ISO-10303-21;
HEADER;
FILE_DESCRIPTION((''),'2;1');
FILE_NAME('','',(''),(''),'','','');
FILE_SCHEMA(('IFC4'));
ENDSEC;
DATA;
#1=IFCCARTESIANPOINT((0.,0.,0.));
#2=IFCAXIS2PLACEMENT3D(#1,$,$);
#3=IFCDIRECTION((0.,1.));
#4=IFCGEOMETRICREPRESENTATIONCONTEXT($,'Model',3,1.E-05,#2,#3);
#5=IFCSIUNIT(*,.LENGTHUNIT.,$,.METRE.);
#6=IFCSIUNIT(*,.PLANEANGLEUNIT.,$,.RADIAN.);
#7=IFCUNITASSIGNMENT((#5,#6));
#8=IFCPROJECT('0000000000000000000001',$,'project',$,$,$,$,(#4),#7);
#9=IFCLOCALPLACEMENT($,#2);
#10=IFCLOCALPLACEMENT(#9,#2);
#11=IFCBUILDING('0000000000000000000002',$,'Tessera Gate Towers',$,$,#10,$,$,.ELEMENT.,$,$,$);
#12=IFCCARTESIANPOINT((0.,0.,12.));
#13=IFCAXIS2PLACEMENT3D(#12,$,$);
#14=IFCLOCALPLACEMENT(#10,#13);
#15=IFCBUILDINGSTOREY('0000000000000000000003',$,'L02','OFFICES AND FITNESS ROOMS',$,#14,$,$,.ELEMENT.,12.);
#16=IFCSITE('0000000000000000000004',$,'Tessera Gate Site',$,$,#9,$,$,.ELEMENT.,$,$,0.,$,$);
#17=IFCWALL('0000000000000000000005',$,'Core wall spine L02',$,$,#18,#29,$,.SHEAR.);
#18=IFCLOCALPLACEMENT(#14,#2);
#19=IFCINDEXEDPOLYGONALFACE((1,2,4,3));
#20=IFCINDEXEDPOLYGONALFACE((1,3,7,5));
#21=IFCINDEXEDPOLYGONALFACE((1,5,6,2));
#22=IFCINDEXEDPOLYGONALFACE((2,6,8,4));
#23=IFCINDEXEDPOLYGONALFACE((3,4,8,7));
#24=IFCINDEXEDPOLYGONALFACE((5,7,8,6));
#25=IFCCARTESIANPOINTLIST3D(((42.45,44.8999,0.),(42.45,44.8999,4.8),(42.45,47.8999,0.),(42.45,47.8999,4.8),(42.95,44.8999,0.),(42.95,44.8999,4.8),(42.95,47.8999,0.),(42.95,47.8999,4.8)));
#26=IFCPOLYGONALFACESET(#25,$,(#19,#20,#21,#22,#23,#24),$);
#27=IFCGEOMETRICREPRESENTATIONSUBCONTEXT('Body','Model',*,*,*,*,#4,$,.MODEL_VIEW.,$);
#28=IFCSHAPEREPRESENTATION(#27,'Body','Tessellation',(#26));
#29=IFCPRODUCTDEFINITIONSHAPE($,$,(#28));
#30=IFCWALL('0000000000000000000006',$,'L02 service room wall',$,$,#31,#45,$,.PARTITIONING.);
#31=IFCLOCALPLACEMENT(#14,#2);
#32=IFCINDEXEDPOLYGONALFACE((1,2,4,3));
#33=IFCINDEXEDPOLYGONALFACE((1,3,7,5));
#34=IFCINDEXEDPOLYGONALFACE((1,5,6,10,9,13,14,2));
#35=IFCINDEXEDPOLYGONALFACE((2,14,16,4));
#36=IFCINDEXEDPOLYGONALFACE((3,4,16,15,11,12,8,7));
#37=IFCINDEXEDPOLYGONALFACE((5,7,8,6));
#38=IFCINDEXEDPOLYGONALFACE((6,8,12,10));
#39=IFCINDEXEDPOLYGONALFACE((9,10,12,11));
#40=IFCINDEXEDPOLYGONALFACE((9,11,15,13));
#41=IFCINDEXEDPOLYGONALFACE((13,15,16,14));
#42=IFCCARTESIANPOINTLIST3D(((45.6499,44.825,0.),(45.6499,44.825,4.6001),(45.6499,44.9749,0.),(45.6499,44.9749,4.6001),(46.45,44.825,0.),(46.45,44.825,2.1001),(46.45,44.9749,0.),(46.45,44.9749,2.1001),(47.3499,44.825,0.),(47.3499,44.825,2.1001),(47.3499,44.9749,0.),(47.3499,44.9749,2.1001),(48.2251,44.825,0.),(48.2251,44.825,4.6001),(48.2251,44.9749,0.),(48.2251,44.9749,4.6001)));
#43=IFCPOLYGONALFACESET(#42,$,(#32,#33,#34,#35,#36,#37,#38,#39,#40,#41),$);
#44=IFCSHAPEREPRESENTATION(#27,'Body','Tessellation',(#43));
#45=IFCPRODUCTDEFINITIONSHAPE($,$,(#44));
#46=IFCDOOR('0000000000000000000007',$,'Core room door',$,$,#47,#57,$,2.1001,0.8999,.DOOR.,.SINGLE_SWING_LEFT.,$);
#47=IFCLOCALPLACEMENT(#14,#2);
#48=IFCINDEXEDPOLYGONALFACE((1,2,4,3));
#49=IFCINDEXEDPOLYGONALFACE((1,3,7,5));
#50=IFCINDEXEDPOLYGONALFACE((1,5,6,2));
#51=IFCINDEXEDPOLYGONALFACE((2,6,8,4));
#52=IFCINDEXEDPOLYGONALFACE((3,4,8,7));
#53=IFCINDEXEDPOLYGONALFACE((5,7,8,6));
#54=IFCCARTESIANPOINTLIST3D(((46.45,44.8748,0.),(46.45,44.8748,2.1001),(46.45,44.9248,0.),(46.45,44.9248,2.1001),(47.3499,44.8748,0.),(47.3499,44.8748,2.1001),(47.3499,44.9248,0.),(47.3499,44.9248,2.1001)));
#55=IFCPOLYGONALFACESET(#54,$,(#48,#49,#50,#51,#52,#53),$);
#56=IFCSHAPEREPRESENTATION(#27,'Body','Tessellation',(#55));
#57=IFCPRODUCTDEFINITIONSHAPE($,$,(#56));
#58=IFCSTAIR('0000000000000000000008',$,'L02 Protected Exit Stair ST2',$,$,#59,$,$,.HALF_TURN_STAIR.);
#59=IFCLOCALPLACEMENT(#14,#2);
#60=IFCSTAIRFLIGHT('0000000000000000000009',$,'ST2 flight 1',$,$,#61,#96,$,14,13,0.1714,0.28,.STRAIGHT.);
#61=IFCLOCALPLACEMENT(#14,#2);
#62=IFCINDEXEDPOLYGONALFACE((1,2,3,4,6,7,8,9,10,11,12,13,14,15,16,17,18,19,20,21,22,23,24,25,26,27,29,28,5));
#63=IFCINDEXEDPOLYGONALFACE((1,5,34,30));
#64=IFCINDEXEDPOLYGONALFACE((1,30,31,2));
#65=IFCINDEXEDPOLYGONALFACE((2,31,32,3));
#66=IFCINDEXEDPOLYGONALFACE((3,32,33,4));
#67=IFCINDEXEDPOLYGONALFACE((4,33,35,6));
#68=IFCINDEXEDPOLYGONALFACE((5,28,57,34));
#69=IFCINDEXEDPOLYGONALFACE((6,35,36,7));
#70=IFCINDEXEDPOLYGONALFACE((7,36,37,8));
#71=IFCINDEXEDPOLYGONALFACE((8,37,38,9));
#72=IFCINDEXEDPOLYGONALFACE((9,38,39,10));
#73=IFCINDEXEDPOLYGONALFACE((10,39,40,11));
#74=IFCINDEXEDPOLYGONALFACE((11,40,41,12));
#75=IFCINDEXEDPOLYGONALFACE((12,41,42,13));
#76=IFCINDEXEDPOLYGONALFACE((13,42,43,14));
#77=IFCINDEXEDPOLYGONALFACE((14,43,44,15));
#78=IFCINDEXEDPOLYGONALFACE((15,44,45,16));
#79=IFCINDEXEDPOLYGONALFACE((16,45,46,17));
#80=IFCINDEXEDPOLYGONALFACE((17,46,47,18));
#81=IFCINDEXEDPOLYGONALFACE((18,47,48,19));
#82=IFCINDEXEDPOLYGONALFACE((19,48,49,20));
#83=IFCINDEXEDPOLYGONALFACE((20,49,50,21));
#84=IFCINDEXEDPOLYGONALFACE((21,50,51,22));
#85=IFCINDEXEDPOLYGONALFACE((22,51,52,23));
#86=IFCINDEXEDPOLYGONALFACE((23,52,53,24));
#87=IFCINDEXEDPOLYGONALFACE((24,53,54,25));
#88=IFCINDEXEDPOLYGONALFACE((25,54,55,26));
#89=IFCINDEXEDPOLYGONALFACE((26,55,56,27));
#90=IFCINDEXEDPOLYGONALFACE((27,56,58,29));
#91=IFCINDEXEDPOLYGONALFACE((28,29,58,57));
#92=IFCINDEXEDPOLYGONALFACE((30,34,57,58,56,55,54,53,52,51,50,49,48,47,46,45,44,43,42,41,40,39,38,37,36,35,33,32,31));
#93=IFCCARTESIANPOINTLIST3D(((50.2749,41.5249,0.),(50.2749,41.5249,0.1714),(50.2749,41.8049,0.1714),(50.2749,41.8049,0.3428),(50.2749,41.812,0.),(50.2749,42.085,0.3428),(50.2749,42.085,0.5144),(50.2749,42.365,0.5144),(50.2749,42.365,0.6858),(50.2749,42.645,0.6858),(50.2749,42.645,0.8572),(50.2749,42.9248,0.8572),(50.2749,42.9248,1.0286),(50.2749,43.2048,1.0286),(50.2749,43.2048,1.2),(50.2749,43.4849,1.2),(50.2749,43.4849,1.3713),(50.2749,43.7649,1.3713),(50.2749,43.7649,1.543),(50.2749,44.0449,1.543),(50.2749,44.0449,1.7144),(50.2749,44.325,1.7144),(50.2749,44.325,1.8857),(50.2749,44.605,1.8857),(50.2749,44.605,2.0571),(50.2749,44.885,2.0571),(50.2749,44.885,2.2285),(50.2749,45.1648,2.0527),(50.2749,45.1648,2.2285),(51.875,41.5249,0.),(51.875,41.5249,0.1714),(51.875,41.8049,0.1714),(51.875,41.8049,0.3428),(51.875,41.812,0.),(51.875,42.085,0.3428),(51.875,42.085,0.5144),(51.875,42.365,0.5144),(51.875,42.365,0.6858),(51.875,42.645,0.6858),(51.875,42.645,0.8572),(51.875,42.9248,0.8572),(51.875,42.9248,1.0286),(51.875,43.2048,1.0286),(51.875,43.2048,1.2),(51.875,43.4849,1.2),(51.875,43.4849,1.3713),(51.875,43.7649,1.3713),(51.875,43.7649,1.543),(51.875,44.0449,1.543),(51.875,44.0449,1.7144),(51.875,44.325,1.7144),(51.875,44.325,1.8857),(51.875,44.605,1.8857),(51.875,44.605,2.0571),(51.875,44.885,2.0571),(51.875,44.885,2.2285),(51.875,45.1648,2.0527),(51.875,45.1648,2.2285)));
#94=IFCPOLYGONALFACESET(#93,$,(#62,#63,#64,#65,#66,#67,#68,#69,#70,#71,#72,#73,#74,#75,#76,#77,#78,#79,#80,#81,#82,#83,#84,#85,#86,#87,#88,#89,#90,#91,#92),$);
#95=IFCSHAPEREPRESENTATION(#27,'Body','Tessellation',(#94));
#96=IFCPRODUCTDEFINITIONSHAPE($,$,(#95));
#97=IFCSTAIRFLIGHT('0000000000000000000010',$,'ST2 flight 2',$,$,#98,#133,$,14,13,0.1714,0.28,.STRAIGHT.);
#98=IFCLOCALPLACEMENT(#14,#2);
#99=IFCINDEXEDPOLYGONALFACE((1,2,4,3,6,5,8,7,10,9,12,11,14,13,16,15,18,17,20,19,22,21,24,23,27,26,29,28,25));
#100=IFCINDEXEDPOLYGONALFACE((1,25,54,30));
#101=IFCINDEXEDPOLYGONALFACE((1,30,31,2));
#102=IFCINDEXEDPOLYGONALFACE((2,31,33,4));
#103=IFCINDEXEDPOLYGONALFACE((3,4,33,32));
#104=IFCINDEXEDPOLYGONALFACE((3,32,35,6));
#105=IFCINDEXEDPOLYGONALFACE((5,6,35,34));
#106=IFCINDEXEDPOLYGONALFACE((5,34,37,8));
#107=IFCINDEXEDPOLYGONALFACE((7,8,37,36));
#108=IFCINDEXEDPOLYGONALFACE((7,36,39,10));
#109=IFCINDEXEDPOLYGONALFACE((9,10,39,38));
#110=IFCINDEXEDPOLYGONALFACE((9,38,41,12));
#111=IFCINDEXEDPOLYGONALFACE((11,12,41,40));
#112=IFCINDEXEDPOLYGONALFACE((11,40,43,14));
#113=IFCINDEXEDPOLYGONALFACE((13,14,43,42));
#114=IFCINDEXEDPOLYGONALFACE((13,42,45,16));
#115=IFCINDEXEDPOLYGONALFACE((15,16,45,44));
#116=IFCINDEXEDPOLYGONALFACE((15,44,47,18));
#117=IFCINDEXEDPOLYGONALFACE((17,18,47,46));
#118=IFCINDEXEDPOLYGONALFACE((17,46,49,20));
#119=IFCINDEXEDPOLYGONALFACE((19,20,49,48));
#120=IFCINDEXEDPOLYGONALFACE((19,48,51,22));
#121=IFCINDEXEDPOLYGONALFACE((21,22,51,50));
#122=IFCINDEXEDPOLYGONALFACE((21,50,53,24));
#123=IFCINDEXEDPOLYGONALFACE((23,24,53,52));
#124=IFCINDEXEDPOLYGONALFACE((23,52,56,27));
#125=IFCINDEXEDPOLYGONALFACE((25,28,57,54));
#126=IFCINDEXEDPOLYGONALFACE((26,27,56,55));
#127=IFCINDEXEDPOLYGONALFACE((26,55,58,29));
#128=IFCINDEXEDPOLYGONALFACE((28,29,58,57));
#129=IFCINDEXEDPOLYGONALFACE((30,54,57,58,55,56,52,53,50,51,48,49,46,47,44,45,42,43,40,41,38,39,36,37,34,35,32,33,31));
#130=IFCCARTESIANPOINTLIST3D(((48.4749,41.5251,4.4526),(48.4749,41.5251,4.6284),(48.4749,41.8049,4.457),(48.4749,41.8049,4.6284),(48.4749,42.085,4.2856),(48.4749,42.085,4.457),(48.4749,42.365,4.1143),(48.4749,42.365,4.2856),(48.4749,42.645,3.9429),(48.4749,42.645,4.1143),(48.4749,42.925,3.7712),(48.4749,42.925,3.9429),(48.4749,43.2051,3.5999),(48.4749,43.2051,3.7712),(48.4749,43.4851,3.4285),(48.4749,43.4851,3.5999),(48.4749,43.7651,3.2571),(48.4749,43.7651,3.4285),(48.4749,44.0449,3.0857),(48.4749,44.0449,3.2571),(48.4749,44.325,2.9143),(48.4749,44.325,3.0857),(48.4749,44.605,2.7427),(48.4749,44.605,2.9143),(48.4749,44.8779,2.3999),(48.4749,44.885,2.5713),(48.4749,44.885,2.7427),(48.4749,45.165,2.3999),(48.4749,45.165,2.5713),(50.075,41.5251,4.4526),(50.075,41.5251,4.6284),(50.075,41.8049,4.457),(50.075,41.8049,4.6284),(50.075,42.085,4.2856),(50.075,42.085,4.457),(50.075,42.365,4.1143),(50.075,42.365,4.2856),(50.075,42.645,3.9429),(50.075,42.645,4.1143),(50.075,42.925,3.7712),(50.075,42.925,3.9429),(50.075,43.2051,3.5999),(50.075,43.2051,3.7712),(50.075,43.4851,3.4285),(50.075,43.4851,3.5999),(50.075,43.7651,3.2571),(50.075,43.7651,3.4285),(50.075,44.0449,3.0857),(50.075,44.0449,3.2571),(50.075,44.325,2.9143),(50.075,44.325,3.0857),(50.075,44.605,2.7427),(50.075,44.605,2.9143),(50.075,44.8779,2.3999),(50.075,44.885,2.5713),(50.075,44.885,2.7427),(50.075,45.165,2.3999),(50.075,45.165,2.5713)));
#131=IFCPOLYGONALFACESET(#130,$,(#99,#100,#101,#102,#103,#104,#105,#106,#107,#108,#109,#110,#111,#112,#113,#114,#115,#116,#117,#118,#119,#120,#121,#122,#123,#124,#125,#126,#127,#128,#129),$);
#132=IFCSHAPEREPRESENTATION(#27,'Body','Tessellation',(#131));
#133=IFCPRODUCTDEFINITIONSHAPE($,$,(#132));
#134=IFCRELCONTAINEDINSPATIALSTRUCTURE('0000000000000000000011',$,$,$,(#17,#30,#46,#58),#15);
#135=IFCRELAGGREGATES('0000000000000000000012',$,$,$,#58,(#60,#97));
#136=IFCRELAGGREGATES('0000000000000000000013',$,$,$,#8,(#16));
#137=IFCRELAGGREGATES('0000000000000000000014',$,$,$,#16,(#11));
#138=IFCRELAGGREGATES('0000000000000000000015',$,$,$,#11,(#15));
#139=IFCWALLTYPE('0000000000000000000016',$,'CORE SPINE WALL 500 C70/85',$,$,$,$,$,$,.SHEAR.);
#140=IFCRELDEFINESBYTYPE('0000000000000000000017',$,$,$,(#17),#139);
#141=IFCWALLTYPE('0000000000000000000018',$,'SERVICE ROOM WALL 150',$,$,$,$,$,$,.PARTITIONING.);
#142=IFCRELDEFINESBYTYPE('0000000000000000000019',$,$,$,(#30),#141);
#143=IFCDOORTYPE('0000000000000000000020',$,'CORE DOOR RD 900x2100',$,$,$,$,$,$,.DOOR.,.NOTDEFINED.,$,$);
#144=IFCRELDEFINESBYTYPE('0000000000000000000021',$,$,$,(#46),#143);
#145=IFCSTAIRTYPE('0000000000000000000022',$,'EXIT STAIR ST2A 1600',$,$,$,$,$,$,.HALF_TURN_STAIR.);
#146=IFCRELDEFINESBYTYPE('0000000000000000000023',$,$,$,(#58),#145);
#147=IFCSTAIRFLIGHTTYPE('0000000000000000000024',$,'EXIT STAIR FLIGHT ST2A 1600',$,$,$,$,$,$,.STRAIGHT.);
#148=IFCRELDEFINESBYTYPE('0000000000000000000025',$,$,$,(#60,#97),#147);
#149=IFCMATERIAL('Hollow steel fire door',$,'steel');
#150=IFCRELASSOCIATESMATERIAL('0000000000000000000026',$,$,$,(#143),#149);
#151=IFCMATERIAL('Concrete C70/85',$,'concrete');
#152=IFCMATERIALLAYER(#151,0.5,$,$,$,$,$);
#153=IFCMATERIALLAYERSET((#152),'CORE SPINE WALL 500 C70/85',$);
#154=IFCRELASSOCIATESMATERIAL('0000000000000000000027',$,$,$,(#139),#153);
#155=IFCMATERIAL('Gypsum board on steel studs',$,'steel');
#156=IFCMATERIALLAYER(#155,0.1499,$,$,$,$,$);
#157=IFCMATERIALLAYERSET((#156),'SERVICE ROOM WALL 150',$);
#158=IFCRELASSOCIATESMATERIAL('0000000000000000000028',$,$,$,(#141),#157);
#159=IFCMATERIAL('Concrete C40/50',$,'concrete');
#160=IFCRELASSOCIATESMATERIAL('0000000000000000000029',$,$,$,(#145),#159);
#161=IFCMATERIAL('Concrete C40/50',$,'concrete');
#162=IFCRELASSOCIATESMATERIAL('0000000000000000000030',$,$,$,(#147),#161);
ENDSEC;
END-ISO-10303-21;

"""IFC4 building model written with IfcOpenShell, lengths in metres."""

from ifc_helpers import new_model, si_unit, direction, frame, frame_2d, origin, place, context, subcontext, project, spatial, polyline, rectangle, outline, extrude, source, transform, mapped, material, layer, layer_set, type_object, element, fill, aggregate, save


model = new_model("IFC4")

# Units and contexts
model_context = context("Model", 3, precision=1e-05, world=origin(), true_north=direction((0.0, 1.0)))
body_context = subcontext(model_context, "Body", "Model", "MODEL_VIEW")
ifc_project = project(units=[si_unit("LENGTHUNIT", "METRE"), si_unit("PLANEANGLEUNIT", "RADIAN")], contexts=[model_context])

# Site, building, storey
site_placement = place(None, origin())
site = spatial("IfcSite", under=ifc_project, at=site_placement, Name="Tessera Gate Site", CompositionType="ELEMENT", RefElevation=0.0)
building_placement = place(site_placement, origin())
building = spatial("IfcBuilding", under=site, at=building_placement, Name="Tessera Gate Towers", CompositionType="ELEMENT")
storey_placement = place(building_placement, frame((0.0, 0.0, 12.0)))
storey = spatial("IfcBuildingStorey", under=building, at=storey_placement, Name="L02", Description="OFFICES AND FITNESS ROOMS", CompositionType="ELEMENT", Elevation=12.0)

# Shared definitions
ifc_material_1 = material(Name="Hollow steel fire door", Category="steel")
door_type_1 = type_object("IfcDoorType", Name="CORE DOOR RD 900x2100", OperationType="NOTDEFINED", PredefinedType="DOOR", material=ifc_material_1)
shared_shape_1 = source(origin(), body_context, "Body", "SweptSolid", [
    extrude(rectangle(XDim=0.8999, YDim=2.1001, at=frame_2d((0.45, 1.05))), frame((0.0, 0.0249, 0.0), z_axis=(0.0, -1.0, 0.0), x_axis=(1.0, 0.0, 0.0)), (0.0, 0.0, 1.0), 0.05),
])

# Shared definitions
ifc_material_2 = material(Name="Concrete C70/85", Category="concrete")
ifc_layer_1 = layer(ifc_material_2, 0.5)
ifc_layer_set_1 = layer_set([ifc_layer_1], Name="CORE SPINE WALL 500 C70/85")
wall_type_1 = type_object("IfcWallType", Name="CORE SPINE WALL 500 C70/85", PredefinedType="SHEAR", material=ifc_layer_set_1)

# Wall
wall_1_placement = place(storey_placement, frame((42.7, 44.8999, 0.0), z_axis=(0.0, 0.0, 1.0), x_axis=(0.0, 1.0, 0.0)))
element("IfcWall", 1, at=wall_1_placement, inside=storey, type_object=wall_type_1, Name="Core wall spine L02", PredefinedType="SHEAR", context=body_context, shape_type="SweptSolid", body=[
    extrude(rectangle(XDim=3.0, YDim=0.5, at=frame_2d((1.5, 0.0))), origin(), (0.0, 0.0, 1.0), 4.8),
])

# Wall, opening, door
ifc_material_3 = material(Name="Gypsum board on steel studs", Category="steel")
ifc_layer_2 = layer(ifc_material_3, 0.1499)
ifc_layer_set_2 = layer_set([ifc_layer_2], Name="SERVICE ROOM WALL 150")
wall_type_2 = type_object("IfcWallType", Name="SERVICE ROOM WALL 150", PredefinedType="PARTITIONING", material=ifc_layer_set_2)
wall_2_placement = place(storey_placement, frame((45.6499, 44.8999, 0.0), z_axis=(0.0, 0.0, 1.0), x_axis=(1.0, 0.0, 0.0)))
wall_2 = element("IfcWall", 2, at=wall_2_placement, inside=storey, type_object=wall_type_2, Name="L02 service room wall", PredefinedType="PARTITIONING", context=body_context, shape_type="SweptSolid", body=[
    extrude(rectangle(XDim=2.5752, YDim=0.1499, at=frame_2d((1.2876, 0.0))), origin(), (0.0, 0.0, 1.0), 4.6001),
])
shared_shape_2 = source(origin(), body_context, "Body", "SweptSolid", [
    extrude(rectangle(XDim=0.8999, YDim=2.1001, at=frame_2d((0.45, 1.05))), frame((0.0, 0.085, 0.0), z_axis=(0.0, -1.0, 0.0), x_axis=(1.0, 0.0, 0.0)), (0.0, 0.0, 1.0), 0.1699),
])
opening_1_placement = place(wall_2_placement, frame((0.8, 0.0, 0.0)))
opening_1 = element("IfcOpeningElement", 3, at=opening_1_placement, cuts=wall_2, PredefinedType="OPENING", context=body_context, shape_type="MappedRepresentation", body=[
    mapped(shared_shape_2, transform((0.0, 0.0, 0.0), scale=1.0)),
])
door_1_placement = place(opening_1_placement, origin())
door_1 = element("IfcDoor", 4, at=door_1_placement, inside=storey, type_object=door_type_1, Name="Core room door", OperationType="SINGLE_SWING_LEFT", OverallHeight=2.1001, OverallWidth=0.8999, PredefinedType="DOOR", context=body_context, shape_type="MappedRepresentation", body=[
    mapped(shared_shape_1, transform((0.0, 0.0, 0.0), scale=1.0)),
])
fill(opening_1, door_1)

# Stair, stair flights
ifc_material_4 = material(Name="Concrete C40/50", Category="concrete")
stair_type = type_object("IfcStairType", Name="EXIT STAIR ST2A 1600", PredefinedType="HALF_TURN_STAIR", material=ifc_material_4)
stair_placement = place(storey_placement, origin())
stair = element("IfcStair", 5, at=stair_placement, inside=storey, type_object=stair_type, Name="L02 Protected Exit Stair ST2", PredefinedType="HALF_TURN_STAIR")
ifc_material_5 = material(Name="Concrete C40/50", Category="concrete")
stair_flight_type = type_object("IfcStairFlightType", Name="EXIT STAIR FLIGHT ST2A 1600", PredefinedType="STRAIGHT", material=ifc_material_5)
stair_flight_1_placement = place(storey_placement, frame((51.075, 41.5249, 0.0), z_axis=(0.0, 0.0, 1.0), x_axis=(0.0, 1.0, 0.0)))
stair_flight_1 = element("IfcStairFlight", 6, at=stair_flight_1_placement, type_object=stair_flight_type, Name="ST2 flight 1", NumberOfRisers=14, NumberOfTreads=13, PredefinedType="STRAIGHT", RiserHeight=0.1714, TreadLength=0.28, context=body_context, shape_type="SweptSolid", body=[
    extrude(outline(polyline([(0.0, 0.0), (0.0, 0.1714), (0.28, 0.1714), (0.28, 0.3428), (0.5601, 0.3428), (0.5601, 0.5144), (0.8401, 0.5144), (0.8401, 0.6858), (1.1201, 0.6858), (1.1201, 0.8572), (1.3999, 0.8572), (1.3999, 1.0286), (1.6799, 1.0286), (1.6799, 1.2), (1.96, 1.2), (1.96, 1.3713), (2.24, 1.3713), (2.24, 1.543), (2.52, 1.543), (2.52, 1.7144), (2.8, 1.7144), (2.8, 1.8857), (3.0801, 1.8857), (3.0801, 2.0571), (3.3601, 2.0571), (3.3601, 2.2285), (3.6399, 2.2285), (3.6399, 2.3999), (3.6399, 2.0527), (0.2871, 0.0), (0.0, 0.0)])), frame((0.0, 0.8, 0.0), z_axis=(0.0, -1.0, 0.0), x_axis=(1.0, 0.0, 0.0)), (0.0, 0.0, 1.0), 1.6001),
])
stair_flight_2_placement = place(storey_placement, frame((49.2749, 45.165, 2.3999), z_axis=(0.0, 0.0, 1.0), x_axis=(0.0, -1.0, 0.0)))
stair_flight_2 = element("IfcStairFlight", 7, at=stair_flight_2_placement, type_object=stair_flight_type, Name="ST2 flight 2", NumberOfRisers=14, NumberOfTreads=13, PredefinedType="STRAIGHT", RiserHeight=0.1714, TreadLength=0.28, context=body_context, shape_type="SweptSolid", body=[
    extrude(outline(polyline([(0.0, 0.0), (0.0, 0.1714), (0.28, 0.1714), (0.28, 0.3428), (0.5601, 0.3428), (0.5601, 0.5144), (0.8401, 0.5144), (0.8401, 0.6858), (1.1201, 0.6858), (1.1201, 0.8572), (1.3999, 0.8572), (1.3999, 1.0286), (1.6799, 1.0286), (1.6799, 1.2), (1.96, 1.2), (1.96, 1.3713), (2.24, 1.3713), (2.24, 1.543), (2.52, 1.543), (2.52, 1.7144), (2.8, 1.7144), (2.8, 1.8857), (3.0801, 1.8857), (3.0801, 2.0571), (3.3601, 2.0571), (3.3601, 2.2285), (3.6399, 2.2285), (3.6399, 2.3999), (3.6399, 2.0527), (0.2871, 0.0), (0.0, 0.0)])), frame((0.0, 0.8, 0.0), z_axis=(0.0, -1.0, 0.0), x_axis=(1.0, 0.0, 0.0)), (0.0, 0.0, 1.0), 1.6001),
])
aggregate(stair, [stair_flight_1, stair_flight_2])

save(model, "model.ifc")
